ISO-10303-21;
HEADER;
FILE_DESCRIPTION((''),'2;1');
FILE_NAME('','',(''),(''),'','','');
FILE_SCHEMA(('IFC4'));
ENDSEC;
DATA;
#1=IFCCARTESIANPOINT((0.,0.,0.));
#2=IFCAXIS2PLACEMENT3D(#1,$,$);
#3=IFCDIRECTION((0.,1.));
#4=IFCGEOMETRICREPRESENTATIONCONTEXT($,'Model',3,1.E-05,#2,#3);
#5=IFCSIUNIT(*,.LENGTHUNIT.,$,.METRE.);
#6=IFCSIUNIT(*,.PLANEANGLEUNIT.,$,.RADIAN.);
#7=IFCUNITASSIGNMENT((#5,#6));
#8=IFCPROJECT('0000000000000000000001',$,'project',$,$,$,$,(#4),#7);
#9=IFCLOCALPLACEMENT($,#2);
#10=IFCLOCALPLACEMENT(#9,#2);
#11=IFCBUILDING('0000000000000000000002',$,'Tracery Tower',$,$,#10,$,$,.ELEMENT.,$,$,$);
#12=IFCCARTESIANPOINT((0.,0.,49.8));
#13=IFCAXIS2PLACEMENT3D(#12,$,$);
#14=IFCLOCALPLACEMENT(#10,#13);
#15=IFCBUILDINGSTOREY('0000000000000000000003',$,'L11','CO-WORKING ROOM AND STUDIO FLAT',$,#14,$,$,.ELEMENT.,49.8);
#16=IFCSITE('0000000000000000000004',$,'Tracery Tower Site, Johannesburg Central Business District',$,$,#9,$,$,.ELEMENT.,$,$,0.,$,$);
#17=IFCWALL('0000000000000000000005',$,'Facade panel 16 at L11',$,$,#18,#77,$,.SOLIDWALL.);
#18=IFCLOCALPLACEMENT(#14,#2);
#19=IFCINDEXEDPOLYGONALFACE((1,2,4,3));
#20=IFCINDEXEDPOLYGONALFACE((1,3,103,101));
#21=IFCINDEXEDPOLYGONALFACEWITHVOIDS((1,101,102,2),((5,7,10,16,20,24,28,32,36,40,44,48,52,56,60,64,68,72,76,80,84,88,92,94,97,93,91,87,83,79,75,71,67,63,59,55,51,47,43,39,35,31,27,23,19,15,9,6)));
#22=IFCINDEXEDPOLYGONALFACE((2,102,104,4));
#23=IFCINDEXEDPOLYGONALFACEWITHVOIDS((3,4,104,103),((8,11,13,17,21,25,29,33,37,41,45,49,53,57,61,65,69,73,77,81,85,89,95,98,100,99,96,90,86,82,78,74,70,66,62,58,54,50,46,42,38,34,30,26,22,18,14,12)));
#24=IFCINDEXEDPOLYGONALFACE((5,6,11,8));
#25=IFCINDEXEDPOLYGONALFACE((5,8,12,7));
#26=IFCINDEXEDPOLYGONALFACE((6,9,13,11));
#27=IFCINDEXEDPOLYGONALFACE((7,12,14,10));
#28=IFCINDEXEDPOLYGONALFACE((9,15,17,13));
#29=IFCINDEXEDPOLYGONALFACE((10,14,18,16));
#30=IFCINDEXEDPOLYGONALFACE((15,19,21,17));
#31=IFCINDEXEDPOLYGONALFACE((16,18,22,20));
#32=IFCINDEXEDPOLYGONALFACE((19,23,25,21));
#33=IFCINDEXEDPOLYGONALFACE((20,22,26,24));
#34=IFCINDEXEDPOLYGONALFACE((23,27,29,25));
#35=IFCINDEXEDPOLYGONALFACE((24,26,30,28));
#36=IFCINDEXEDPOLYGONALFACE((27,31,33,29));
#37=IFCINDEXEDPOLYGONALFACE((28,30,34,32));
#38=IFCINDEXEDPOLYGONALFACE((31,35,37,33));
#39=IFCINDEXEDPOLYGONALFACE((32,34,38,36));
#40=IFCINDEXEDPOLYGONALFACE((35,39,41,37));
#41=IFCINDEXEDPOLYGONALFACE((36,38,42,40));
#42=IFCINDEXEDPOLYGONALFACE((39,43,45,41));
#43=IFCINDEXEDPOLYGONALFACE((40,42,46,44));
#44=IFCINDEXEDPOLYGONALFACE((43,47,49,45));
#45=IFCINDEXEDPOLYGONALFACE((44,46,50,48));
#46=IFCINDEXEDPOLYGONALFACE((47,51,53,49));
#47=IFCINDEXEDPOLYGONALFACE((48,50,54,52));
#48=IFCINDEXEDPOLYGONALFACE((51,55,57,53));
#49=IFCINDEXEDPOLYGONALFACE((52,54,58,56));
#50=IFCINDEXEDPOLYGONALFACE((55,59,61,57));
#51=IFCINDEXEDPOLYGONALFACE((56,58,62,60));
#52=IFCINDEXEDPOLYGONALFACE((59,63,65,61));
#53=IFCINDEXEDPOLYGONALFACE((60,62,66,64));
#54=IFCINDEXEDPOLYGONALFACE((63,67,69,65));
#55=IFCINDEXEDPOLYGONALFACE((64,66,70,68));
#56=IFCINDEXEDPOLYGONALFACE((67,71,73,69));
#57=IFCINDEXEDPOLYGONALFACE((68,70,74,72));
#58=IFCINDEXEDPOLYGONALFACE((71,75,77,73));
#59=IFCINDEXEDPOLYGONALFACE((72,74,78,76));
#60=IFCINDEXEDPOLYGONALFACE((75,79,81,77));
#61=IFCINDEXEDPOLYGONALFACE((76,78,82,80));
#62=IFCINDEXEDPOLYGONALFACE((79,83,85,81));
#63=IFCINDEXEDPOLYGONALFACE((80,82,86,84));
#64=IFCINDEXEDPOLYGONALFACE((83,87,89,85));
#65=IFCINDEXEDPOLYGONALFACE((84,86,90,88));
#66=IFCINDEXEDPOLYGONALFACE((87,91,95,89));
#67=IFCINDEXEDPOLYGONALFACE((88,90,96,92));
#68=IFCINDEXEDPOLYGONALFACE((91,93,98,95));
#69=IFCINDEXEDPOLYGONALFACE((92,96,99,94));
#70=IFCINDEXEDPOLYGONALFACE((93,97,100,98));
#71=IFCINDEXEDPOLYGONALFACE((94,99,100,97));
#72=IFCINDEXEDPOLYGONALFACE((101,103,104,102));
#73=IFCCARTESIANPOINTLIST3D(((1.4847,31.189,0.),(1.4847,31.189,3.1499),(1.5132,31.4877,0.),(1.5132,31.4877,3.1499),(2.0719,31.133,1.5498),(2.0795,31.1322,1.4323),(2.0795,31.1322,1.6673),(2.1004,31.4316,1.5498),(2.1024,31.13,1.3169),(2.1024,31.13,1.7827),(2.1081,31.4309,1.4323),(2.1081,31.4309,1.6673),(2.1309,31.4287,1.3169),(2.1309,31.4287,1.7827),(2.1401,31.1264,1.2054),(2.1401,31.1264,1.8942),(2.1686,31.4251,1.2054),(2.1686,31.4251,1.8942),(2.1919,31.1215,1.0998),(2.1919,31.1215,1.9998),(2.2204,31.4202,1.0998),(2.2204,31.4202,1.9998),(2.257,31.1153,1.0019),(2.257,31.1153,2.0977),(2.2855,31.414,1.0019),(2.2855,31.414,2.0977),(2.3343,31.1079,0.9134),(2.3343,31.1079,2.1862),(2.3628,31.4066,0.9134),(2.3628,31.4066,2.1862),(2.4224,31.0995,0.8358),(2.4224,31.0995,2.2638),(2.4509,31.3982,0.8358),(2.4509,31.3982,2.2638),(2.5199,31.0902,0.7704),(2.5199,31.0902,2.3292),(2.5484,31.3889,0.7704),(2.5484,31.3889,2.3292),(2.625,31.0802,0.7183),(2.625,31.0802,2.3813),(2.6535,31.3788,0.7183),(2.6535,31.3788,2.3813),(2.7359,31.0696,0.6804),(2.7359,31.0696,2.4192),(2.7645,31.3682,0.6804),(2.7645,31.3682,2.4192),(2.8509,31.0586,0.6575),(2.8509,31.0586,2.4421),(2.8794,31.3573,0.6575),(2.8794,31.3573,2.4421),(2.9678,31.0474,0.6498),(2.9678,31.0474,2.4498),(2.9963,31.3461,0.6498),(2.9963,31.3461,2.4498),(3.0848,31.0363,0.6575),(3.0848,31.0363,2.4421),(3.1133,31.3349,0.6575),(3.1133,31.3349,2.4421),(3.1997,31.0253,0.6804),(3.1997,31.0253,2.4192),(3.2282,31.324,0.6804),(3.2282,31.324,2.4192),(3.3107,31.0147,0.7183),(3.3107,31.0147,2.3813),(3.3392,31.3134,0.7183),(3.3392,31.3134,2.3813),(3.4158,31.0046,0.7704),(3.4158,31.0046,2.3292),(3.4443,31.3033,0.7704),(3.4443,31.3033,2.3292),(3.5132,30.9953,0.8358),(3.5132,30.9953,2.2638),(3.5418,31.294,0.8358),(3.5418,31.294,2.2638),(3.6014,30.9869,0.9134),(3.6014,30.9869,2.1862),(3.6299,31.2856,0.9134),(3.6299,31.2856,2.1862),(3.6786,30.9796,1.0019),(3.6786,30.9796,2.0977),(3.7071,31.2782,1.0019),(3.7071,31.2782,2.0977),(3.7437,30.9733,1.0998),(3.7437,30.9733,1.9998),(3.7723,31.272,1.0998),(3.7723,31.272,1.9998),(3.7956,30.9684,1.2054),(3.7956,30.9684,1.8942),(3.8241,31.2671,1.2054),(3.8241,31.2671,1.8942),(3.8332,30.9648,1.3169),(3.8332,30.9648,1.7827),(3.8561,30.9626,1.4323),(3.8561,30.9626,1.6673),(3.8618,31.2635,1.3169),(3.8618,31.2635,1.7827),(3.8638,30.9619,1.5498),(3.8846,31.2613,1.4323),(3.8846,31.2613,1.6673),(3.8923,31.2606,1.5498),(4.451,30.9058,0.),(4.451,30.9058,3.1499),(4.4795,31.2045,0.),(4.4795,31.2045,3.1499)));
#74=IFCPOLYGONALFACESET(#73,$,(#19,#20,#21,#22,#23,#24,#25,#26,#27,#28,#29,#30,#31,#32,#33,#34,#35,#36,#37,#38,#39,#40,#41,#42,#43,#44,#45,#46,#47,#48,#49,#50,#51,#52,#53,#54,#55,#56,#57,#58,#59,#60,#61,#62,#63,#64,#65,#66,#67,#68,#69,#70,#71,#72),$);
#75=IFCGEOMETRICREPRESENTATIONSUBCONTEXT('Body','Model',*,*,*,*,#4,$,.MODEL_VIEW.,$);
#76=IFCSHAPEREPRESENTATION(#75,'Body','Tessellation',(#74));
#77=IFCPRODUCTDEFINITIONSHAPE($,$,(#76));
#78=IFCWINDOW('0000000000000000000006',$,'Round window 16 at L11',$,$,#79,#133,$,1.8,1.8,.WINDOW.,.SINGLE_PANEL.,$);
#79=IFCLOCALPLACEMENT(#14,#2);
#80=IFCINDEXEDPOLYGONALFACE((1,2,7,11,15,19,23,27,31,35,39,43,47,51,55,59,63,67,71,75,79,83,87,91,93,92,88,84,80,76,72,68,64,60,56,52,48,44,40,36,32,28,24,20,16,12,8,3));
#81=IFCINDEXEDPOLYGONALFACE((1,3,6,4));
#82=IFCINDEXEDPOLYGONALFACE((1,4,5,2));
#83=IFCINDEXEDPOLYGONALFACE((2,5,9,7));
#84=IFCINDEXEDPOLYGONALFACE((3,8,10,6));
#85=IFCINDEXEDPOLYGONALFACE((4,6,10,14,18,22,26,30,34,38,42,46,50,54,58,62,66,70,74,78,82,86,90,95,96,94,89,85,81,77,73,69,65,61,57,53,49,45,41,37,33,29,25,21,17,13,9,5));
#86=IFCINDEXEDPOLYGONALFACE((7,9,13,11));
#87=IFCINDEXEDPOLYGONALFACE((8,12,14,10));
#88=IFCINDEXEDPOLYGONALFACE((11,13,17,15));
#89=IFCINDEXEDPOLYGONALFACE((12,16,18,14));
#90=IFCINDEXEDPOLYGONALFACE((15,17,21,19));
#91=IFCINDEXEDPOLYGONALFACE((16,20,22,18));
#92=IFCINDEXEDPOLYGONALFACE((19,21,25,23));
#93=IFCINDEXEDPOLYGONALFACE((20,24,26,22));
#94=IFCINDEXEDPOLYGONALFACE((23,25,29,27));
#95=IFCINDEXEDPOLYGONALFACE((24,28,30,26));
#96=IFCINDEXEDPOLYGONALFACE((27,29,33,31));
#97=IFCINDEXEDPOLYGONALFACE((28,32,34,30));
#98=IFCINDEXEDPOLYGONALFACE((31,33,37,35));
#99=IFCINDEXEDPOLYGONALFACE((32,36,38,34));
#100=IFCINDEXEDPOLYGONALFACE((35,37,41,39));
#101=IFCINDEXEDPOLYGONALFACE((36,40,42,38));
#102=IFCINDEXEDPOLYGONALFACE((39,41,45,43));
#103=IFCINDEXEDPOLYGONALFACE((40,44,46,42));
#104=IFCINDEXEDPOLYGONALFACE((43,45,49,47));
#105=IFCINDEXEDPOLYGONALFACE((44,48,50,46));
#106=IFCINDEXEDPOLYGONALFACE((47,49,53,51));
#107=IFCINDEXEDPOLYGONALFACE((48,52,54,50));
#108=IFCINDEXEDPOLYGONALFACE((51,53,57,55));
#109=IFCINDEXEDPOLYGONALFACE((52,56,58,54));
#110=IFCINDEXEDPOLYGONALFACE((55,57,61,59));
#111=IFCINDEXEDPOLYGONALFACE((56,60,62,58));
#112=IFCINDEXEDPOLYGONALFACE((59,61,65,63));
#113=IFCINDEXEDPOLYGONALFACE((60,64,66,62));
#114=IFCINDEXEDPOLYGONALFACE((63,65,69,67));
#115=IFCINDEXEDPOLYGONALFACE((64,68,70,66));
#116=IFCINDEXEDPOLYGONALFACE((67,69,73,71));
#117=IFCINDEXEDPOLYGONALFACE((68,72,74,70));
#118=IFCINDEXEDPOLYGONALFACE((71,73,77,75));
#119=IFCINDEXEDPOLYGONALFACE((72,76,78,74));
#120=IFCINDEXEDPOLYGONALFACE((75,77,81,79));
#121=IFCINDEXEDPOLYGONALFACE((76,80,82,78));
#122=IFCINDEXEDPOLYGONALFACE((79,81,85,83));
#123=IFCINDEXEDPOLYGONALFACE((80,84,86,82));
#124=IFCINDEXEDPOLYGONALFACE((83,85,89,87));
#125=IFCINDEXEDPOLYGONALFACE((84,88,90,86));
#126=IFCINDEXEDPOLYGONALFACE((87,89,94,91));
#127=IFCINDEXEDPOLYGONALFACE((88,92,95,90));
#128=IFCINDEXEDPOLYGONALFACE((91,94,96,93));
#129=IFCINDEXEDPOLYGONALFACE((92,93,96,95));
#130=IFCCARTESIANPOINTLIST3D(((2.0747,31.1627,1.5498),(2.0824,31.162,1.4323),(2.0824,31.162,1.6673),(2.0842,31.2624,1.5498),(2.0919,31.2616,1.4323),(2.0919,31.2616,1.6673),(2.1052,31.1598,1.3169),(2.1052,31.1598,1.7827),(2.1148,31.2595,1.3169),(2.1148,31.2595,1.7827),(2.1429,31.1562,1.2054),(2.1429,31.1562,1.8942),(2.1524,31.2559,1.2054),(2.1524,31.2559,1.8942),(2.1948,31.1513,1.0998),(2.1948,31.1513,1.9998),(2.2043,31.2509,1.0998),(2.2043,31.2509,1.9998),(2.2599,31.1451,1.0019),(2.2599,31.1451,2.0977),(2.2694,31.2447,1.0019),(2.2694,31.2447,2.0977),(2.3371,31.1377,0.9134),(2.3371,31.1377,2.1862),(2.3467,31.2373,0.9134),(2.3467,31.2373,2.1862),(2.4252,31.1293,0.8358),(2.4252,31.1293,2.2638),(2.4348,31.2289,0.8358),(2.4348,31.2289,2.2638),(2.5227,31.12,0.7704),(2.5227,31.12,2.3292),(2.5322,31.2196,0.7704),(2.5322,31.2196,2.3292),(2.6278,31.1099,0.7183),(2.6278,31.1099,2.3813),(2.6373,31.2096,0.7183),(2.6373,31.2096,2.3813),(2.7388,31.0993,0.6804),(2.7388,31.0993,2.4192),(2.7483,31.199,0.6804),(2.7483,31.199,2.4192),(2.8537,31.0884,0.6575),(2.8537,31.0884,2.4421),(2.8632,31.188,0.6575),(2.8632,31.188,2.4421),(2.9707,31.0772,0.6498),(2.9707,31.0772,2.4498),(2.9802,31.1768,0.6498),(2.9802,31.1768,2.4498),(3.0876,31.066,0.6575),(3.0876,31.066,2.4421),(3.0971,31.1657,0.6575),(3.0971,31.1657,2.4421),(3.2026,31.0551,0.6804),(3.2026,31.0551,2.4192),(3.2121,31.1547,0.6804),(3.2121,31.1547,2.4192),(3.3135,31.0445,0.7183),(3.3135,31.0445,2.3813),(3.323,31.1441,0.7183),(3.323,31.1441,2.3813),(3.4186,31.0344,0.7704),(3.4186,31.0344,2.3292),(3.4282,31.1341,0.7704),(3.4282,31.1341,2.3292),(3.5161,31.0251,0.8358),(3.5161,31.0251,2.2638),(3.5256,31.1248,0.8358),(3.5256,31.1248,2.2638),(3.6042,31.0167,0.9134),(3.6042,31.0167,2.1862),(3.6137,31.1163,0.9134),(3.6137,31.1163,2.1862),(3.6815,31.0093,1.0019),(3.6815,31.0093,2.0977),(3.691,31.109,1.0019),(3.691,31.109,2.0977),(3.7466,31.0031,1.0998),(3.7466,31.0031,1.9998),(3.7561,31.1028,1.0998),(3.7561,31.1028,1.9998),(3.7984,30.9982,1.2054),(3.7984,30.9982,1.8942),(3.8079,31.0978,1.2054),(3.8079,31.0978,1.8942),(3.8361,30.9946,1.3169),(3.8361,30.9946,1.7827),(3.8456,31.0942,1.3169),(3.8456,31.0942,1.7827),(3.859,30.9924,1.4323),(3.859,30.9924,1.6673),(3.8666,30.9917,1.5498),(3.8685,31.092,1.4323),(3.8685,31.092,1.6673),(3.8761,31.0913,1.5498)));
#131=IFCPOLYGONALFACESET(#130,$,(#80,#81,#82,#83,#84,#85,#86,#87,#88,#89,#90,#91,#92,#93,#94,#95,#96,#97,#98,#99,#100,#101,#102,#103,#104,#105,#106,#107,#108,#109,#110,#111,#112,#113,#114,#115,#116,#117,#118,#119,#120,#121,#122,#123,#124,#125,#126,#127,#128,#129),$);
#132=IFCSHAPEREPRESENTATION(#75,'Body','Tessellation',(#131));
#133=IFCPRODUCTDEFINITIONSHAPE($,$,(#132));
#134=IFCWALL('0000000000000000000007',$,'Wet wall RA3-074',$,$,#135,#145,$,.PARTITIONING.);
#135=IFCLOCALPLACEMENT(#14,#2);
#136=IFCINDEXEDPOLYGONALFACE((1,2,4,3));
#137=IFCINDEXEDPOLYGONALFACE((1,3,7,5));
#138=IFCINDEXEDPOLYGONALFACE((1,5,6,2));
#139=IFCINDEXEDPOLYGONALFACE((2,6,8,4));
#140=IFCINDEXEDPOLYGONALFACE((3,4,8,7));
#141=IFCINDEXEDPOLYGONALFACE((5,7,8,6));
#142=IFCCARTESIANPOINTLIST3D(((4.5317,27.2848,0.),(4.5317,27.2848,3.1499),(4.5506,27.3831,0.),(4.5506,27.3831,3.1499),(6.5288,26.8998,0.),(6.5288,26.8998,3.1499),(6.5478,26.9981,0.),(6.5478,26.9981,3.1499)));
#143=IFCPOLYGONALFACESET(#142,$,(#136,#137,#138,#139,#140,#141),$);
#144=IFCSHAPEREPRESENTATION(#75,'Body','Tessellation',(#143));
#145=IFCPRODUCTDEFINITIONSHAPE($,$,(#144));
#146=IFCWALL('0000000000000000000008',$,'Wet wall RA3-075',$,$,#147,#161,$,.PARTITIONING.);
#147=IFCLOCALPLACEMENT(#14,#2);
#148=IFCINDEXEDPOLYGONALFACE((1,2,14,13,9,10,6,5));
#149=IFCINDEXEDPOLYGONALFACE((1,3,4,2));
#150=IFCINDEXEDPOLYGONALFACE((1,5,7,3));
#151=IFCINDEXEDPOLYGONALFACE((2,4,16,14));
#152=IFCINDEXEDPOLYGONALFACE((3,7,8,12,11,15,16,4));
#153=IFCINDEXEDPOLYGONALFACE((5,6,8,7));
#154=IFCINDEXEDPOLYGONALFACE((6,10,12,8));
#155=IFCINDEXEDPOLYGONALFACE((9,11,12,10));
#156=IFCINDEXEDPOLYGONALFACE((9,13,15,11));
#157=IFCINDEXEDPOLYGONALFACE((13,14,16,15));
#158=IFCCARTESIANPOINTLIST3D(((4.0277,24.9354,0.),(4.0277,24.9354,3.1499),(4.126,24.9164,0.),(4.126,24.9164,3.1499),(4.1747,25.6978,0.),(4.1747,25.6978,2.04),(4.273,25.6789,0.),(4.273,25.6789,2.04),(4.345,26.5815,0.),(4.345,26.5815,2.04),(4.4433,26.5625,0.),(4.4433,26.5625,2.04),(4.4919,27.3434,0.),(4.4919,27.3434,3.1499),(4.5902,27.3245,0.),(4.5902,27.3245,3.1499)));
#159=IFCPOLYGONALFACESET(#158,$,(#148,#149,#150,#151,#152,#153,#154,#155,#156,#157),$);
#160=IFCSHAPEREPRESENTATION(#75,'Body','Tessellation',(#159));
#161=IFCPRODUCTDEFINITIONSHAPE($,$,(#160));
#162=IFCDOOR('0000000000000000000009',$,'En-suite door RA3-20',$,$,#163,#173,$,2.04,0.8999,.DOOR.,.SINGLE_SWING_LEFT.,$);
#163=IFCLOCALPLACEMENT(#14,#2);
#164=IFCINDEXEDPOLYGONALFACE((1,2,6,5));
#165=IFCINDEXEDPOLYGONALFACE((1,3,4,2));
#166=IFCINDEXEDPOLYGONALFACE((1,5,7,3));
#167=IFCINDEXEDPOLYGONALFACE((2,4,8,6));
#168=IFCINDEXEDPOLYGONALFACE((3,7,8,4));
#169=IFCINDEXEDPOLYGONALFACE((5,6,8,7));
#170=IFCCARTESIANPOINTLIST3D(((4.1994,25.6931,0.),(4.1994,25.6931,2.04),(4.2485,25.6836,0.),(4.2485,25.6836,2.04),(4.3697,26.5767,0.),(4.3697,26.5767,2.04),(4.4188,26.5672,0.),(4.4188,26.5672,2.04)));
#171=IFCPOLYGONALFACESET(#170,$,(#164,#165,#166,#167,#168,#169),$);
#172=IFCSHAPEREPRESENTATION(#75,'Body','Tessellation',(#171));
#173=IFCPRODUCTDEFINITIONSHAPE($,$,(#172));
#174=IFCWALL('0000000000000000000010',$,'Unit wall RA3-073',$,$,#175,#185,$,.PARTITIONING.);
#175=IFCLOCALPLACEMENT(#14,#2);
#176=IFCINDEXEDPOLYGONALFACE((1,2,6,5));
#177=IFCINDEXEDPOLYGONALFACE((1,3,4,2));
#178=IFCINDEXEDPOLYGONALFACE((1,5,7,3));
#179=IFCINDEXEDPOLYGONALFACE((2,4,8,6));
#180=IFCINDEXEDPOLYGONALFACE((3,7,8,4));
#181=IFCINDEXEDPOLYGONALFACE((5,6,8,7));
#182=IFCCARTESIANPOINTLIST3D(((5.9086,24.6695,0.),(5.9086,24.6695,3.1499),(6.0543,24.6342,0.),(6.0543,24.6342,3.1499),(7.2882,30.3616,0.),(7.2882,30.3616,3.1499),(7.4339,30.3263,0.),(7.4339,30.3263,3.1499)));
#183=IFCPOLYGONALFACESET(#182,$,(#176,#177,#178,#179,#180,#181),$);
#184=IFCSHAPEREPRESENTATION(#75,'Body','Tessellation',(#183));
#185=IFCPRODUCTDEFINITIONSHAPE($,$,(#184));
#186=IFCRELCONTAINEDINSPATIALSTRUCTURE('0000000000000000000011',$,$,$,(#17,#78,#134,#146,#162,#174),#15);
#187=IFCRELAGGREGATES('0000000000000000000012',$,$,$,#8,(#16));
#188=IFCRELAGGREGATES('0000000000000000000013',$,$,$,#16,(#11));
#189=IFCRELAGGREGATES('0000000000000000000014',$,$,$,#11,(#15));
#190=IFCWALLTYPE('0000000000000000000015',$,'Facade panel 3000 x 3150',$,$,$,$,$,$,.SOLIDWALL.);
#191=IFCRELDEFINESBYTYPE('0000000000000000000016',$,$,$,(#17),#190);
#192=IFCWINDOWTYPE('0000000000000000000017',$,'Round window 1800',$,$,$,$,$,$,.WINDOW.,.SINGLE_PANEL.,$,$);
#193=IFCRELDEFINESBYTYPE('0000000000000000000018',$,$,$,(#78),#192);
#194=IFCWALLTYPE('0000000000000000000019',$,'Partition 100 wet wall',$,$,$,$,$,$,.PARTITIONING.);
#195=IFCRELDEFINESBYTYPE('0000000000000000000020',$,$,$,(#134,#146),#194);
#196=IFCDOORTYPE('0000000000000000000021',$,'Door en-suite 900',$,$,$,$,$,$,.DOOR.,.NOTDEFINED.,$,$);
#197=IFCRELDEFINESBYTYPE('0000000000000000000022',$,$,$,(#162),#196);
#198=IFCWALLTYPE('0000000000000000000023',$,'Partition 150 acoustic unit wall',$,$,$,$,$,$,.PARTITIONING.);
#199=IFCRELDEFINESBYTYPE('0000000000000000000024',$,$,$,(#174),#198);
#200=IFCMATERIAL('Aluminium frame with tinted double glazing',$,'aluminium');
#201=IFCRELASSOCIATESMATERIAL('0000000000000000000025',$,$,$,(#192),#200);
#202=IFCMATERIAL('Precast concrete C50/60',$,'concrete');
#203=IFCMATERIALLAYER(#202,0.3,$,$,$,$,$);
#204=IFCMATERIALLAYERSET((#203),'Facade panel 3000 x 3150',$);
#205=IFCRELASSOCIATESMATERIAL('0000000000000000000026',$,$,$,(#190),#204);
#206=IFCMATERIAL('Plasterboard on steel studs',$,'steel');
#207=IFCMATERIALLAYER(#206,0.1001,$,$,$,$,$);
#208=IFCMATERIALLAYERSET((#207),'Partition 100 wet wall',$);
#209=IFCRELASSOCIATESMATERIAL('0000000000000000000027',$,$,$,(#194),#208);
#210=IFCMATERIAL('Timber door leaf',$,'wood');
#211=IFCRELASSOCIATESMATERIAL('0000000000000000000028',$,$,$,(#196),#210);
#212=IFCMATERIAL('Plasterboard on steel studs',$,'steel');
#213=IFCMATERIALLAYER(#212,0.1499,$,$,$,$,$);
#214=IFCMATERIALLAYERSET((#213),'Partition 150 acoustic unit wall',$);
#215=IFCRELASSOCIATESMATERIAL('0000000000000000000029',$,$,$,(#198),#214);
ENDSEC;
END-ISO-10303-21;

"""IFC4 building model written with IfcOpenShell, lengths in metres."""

from ifc_helpers import new_model, si_unit, direction, frame, frame_2d, origin, origin_2d, place, context, subcontext, project, spatial, rectangle, circle, extrude, material, layer, layer_set, type_object, element, fill, save


model = new_model("IFC4")

# Units and contexts
model_context = context("Model", 3, precision=1e-05, world=origin(), true_north=direction((0.0, 1.0)))
body_context = subcontext(model_context, "Body", "Model", "MODEL_VIEW")
ifc_project = project(units=[si_unit("LENGTHUNIT", "METRE"), si_unit("PLANEANGLEUNIT", "RADIAN")], contexts=[model_context])

# Site, building, storey
site_placement = place(None, origin())
site = spatial("IfcSite", under=ifc_project, at=site_placement, Name="Tracery Tower Site, Johannesburg Central Business District", CompositionType="ELEMENT", RefElevation=0.0)
building_placement = place(site_placement, origin())
building = spatial("IfcBuilding", under=site, at=building_placement, Name="Tracery Tower", CompositionType="ELEMENT")
storey_placement = place(building_placement, frame((0.0, 0.0, 49.8)))
storey = spatial("IfcBuildingStorey", under=building, at=storey_placement, Name="L11", Description="CO-WORKING ROOM AND STUDIO FLAT", CompositionType="ELEMENT", Elevation=49.8)

# Wall, opening, window
ifc_material_1 = material(Name="Aluminium frame with tinted double glazing", Category="aluminium")
window_type = type_object("IfcWindowType", Name="Round window 1800", PartitioningType="SINGLE_PANEL", PredefinedType="WINDOW", material=ifc_material_1)
ifc_material_2 = material(Name="Precast concrete C50/60", Category="concrete")
ifc_layer_1 = layer(ifc_material_2, 0.3)
ifc_layer_set_1 = layer_set([ifc_layer_1], Name="Facade panel 3000 x 3150")
wall_type_1 = type_object("IfcWallType", Name="Facade panel 3000 x 3150", PredefinedType="SOLIDWALL", material=ifc_layer_set_1)
wall_1_placement = place(storey_placement, frame((4.4651, 31.0552, 0.0), z_axis=(0.0, 0.0, 1.0), x_axis=(-0.995473, 0.095041, 0.0)))
wall_1 = element("IfcWall", 1, at=wall_1_placement, inside=storey, type_object=wall_type_1, Name="Facade panel 16 at L11", PredefinedType="SOLIDWALL", context=body_context, shape_type="SweptSolid", body=[
    extrude(rectangle(XDim=2.9797, YDim=0.3, at=frame_2d((1.4897, 0.0))), origin(), (0.0, 0.0, 1.0), 3.1499),
])
opening_1_placement = place(wall_1_placement, frame((1.4897, 0.0, 1.5498)))
opening_1 = element("IfcOpeningElement", 2, at=opening_1_placement, cuts=wall_1, PredefinedType="OPENING", context=body_context, shape_type="SweptSolid", body=[
    extrude(circle(Radius=0.9, at=origin_2d()), frame((0.0, 0.1599, 0.0), z_axis=(0.0, -1.0, 0.0), x_axis=(1.0, 0.0, 0.0)), (0.0, 0.0, 1.0), 0.3201),
])
window_1_placement = place(opening_1_placement, origin())
window_1 = element("IfcWindow", 3, at=window_1_placement, inside=storey, type_object=window_type, Name="Round window 16 at L11", OverallHeight=1.8, OverallWidth=1.8, PartitioningType="SINGLE_PANEL", PredefinedType="WINDOW", context=body_context, shape_type="SweptSolid", body=[
    extrude(circle(Radius=0.9, at=origin_2d()), frame((0.0, 0.1201, 0.0), z_axis=(0.0, -1.0, 0.0), x_axis=(1.0, 0.0, 0.0)), (0.0, 0.0, 1.0), 0.1001),
])
fill(opening_1, window_1)

# Wall
ifc_material_3 = material(Name="Plasterboard on steel studs", Category="steel")
ifc_layer_2 = layer(ifc_material_3, 0.1001)
ifc_layer_set_2 = layer_set([ifc_layer_2], Name="Partition 100 wet wall")
wall_type_2 = type_object("IfcWallType", Name="Partition 100 wet wall", PredefinedType="PARTITIONING", material=ifc_layer_set_2)
wall_2_placement = place(storey_placement, frame((4.541, 27.334, 0.0), z_axis=(0.0, 0.0, 1.0), x_axis=(0.981919, -0.189302, 0.0)))
element("IfcWall", 4, at=wall_2_placement, inside=storey, type_object=wall_type_2, Name="Wet wall RA3-074", PredefinedType="PARTITIONING", context=body_context, shape_type="SweptSolid", body=[
    extrude(rectangle(XDim=2.0339, YDim=0.1001, at=frame_2d((1.0171, 0.0))), origin(), (0.0, 0.0, 1.0), 3.1499),
])

# Wall, opening, door
wall_3_placement = place(storey_placement, frame((4.0769, 24.926, 0.0), z_axis=(0.0, 0.0, 1.0), x_axis=(0.189257, 0.981928, 0.0)))
wall_3 = element("IfcWall", 5, at=wall_3_placement, inside=storey, type_object=wall_type_2, Name="Wet wall RA3-075", PredefinedType="PARTITIONING", context=body_context, shape_type="SweptSolid", body=[
    extrude(rectangle(XDim=2.4524, YDim=0.1001, at=frame_2d((1.2261, 0.0))), origin(), (0.0, 0.0, 1.0), 3.1499),
])
opening_2_placement = place(wall_3_placement, frame((0.7764, 0.0, 0.0)))
opening_2 = element("IfcOpeningElement", 6, at=opening_2_placement, cuts=wall_3, PredefinedType="OPENING", context=body_context, shape_type="SweptSolid", body=[
    extrude(rectangle(XDim=0.8999, YDim=2.04, at=frame_2d((0.45, 1.02))), frame((0.0, 0.05, 0.0), z_axis=(0.0, -1.0, 0.0), x_axis=(1.0, 0.0, 0.0)), (0.0, 0.0, 1.0), 0.1001),
])
ifc_material_4 = material(Name="Timber door leaf", Category="wood")
door_type = type_object("IfcDoorType", Name="Door en-suite 900", OperationType="NOTDEFINED", PredefinedType="DOOR", material=ifc_material_4)
door_placement = place(opening_2_placement, origin())
door = element("IfcDoor", 7, at=door_placement, inside=storey, type_object=door_type, Name="En-suite door RA3-20", OperationType="SINGLE_SWING_LEFT", OverallHeight=2.04, OverallWidth=0.8999, PredefinedType="DOOR", context=body_context, shape_type="SweptSolid", body=[
    extrude(rectangle(XDim=0.8999, YDim=2.04, at=frame_2d((0.45, 1.02))), frame((0.0, 0.0249, 0.0), z_axis=(0.0, -1.0, 0.0), x_axis=(1.0, 0.0, 0.0)), (0.0, 0.0, 1.0), 0.05),
])
fill(opening_2, door)

# Wall
ifc_material_5 = material(Name="Plasterboard on steel studs", Category="steel")
ifc_layer_3 = layer(ifc_material_5, 0.1499)
ifc_layer_set_3 = layer_set([ifc_layer_3], Name="Partition 150 acoustic unit wall")
wall_type_3 = type_object("IfcWallType", Name="Partition 150 acoustic unit wall", PredefinedType="PARTITIONING", material=ifc_layer_set_3)
wall_4_placement = place(storey_placement, frame((5.9814, 24.6519, 0.0), z_axis=(0.0, 0.0, 1.0), x_axis=(0.235556, 0.971861, 0.0)))
element("IfcWall", 8, at=wall_4_placement, inside=storey, type_object=wall_type_3, Name="Unit wall RA3-073", PredefinedType="PARTITIONING", context=body_context, shape_type="SweptSolid", body=[
    extrude(rectangle(XDim=5.8569, YDim=0.1499, at=frame_2d((2.9285, 0.0))), origin(), (0.0, 0.0, 1.0), 3.1499),
])

save(model, "model.ifc")
